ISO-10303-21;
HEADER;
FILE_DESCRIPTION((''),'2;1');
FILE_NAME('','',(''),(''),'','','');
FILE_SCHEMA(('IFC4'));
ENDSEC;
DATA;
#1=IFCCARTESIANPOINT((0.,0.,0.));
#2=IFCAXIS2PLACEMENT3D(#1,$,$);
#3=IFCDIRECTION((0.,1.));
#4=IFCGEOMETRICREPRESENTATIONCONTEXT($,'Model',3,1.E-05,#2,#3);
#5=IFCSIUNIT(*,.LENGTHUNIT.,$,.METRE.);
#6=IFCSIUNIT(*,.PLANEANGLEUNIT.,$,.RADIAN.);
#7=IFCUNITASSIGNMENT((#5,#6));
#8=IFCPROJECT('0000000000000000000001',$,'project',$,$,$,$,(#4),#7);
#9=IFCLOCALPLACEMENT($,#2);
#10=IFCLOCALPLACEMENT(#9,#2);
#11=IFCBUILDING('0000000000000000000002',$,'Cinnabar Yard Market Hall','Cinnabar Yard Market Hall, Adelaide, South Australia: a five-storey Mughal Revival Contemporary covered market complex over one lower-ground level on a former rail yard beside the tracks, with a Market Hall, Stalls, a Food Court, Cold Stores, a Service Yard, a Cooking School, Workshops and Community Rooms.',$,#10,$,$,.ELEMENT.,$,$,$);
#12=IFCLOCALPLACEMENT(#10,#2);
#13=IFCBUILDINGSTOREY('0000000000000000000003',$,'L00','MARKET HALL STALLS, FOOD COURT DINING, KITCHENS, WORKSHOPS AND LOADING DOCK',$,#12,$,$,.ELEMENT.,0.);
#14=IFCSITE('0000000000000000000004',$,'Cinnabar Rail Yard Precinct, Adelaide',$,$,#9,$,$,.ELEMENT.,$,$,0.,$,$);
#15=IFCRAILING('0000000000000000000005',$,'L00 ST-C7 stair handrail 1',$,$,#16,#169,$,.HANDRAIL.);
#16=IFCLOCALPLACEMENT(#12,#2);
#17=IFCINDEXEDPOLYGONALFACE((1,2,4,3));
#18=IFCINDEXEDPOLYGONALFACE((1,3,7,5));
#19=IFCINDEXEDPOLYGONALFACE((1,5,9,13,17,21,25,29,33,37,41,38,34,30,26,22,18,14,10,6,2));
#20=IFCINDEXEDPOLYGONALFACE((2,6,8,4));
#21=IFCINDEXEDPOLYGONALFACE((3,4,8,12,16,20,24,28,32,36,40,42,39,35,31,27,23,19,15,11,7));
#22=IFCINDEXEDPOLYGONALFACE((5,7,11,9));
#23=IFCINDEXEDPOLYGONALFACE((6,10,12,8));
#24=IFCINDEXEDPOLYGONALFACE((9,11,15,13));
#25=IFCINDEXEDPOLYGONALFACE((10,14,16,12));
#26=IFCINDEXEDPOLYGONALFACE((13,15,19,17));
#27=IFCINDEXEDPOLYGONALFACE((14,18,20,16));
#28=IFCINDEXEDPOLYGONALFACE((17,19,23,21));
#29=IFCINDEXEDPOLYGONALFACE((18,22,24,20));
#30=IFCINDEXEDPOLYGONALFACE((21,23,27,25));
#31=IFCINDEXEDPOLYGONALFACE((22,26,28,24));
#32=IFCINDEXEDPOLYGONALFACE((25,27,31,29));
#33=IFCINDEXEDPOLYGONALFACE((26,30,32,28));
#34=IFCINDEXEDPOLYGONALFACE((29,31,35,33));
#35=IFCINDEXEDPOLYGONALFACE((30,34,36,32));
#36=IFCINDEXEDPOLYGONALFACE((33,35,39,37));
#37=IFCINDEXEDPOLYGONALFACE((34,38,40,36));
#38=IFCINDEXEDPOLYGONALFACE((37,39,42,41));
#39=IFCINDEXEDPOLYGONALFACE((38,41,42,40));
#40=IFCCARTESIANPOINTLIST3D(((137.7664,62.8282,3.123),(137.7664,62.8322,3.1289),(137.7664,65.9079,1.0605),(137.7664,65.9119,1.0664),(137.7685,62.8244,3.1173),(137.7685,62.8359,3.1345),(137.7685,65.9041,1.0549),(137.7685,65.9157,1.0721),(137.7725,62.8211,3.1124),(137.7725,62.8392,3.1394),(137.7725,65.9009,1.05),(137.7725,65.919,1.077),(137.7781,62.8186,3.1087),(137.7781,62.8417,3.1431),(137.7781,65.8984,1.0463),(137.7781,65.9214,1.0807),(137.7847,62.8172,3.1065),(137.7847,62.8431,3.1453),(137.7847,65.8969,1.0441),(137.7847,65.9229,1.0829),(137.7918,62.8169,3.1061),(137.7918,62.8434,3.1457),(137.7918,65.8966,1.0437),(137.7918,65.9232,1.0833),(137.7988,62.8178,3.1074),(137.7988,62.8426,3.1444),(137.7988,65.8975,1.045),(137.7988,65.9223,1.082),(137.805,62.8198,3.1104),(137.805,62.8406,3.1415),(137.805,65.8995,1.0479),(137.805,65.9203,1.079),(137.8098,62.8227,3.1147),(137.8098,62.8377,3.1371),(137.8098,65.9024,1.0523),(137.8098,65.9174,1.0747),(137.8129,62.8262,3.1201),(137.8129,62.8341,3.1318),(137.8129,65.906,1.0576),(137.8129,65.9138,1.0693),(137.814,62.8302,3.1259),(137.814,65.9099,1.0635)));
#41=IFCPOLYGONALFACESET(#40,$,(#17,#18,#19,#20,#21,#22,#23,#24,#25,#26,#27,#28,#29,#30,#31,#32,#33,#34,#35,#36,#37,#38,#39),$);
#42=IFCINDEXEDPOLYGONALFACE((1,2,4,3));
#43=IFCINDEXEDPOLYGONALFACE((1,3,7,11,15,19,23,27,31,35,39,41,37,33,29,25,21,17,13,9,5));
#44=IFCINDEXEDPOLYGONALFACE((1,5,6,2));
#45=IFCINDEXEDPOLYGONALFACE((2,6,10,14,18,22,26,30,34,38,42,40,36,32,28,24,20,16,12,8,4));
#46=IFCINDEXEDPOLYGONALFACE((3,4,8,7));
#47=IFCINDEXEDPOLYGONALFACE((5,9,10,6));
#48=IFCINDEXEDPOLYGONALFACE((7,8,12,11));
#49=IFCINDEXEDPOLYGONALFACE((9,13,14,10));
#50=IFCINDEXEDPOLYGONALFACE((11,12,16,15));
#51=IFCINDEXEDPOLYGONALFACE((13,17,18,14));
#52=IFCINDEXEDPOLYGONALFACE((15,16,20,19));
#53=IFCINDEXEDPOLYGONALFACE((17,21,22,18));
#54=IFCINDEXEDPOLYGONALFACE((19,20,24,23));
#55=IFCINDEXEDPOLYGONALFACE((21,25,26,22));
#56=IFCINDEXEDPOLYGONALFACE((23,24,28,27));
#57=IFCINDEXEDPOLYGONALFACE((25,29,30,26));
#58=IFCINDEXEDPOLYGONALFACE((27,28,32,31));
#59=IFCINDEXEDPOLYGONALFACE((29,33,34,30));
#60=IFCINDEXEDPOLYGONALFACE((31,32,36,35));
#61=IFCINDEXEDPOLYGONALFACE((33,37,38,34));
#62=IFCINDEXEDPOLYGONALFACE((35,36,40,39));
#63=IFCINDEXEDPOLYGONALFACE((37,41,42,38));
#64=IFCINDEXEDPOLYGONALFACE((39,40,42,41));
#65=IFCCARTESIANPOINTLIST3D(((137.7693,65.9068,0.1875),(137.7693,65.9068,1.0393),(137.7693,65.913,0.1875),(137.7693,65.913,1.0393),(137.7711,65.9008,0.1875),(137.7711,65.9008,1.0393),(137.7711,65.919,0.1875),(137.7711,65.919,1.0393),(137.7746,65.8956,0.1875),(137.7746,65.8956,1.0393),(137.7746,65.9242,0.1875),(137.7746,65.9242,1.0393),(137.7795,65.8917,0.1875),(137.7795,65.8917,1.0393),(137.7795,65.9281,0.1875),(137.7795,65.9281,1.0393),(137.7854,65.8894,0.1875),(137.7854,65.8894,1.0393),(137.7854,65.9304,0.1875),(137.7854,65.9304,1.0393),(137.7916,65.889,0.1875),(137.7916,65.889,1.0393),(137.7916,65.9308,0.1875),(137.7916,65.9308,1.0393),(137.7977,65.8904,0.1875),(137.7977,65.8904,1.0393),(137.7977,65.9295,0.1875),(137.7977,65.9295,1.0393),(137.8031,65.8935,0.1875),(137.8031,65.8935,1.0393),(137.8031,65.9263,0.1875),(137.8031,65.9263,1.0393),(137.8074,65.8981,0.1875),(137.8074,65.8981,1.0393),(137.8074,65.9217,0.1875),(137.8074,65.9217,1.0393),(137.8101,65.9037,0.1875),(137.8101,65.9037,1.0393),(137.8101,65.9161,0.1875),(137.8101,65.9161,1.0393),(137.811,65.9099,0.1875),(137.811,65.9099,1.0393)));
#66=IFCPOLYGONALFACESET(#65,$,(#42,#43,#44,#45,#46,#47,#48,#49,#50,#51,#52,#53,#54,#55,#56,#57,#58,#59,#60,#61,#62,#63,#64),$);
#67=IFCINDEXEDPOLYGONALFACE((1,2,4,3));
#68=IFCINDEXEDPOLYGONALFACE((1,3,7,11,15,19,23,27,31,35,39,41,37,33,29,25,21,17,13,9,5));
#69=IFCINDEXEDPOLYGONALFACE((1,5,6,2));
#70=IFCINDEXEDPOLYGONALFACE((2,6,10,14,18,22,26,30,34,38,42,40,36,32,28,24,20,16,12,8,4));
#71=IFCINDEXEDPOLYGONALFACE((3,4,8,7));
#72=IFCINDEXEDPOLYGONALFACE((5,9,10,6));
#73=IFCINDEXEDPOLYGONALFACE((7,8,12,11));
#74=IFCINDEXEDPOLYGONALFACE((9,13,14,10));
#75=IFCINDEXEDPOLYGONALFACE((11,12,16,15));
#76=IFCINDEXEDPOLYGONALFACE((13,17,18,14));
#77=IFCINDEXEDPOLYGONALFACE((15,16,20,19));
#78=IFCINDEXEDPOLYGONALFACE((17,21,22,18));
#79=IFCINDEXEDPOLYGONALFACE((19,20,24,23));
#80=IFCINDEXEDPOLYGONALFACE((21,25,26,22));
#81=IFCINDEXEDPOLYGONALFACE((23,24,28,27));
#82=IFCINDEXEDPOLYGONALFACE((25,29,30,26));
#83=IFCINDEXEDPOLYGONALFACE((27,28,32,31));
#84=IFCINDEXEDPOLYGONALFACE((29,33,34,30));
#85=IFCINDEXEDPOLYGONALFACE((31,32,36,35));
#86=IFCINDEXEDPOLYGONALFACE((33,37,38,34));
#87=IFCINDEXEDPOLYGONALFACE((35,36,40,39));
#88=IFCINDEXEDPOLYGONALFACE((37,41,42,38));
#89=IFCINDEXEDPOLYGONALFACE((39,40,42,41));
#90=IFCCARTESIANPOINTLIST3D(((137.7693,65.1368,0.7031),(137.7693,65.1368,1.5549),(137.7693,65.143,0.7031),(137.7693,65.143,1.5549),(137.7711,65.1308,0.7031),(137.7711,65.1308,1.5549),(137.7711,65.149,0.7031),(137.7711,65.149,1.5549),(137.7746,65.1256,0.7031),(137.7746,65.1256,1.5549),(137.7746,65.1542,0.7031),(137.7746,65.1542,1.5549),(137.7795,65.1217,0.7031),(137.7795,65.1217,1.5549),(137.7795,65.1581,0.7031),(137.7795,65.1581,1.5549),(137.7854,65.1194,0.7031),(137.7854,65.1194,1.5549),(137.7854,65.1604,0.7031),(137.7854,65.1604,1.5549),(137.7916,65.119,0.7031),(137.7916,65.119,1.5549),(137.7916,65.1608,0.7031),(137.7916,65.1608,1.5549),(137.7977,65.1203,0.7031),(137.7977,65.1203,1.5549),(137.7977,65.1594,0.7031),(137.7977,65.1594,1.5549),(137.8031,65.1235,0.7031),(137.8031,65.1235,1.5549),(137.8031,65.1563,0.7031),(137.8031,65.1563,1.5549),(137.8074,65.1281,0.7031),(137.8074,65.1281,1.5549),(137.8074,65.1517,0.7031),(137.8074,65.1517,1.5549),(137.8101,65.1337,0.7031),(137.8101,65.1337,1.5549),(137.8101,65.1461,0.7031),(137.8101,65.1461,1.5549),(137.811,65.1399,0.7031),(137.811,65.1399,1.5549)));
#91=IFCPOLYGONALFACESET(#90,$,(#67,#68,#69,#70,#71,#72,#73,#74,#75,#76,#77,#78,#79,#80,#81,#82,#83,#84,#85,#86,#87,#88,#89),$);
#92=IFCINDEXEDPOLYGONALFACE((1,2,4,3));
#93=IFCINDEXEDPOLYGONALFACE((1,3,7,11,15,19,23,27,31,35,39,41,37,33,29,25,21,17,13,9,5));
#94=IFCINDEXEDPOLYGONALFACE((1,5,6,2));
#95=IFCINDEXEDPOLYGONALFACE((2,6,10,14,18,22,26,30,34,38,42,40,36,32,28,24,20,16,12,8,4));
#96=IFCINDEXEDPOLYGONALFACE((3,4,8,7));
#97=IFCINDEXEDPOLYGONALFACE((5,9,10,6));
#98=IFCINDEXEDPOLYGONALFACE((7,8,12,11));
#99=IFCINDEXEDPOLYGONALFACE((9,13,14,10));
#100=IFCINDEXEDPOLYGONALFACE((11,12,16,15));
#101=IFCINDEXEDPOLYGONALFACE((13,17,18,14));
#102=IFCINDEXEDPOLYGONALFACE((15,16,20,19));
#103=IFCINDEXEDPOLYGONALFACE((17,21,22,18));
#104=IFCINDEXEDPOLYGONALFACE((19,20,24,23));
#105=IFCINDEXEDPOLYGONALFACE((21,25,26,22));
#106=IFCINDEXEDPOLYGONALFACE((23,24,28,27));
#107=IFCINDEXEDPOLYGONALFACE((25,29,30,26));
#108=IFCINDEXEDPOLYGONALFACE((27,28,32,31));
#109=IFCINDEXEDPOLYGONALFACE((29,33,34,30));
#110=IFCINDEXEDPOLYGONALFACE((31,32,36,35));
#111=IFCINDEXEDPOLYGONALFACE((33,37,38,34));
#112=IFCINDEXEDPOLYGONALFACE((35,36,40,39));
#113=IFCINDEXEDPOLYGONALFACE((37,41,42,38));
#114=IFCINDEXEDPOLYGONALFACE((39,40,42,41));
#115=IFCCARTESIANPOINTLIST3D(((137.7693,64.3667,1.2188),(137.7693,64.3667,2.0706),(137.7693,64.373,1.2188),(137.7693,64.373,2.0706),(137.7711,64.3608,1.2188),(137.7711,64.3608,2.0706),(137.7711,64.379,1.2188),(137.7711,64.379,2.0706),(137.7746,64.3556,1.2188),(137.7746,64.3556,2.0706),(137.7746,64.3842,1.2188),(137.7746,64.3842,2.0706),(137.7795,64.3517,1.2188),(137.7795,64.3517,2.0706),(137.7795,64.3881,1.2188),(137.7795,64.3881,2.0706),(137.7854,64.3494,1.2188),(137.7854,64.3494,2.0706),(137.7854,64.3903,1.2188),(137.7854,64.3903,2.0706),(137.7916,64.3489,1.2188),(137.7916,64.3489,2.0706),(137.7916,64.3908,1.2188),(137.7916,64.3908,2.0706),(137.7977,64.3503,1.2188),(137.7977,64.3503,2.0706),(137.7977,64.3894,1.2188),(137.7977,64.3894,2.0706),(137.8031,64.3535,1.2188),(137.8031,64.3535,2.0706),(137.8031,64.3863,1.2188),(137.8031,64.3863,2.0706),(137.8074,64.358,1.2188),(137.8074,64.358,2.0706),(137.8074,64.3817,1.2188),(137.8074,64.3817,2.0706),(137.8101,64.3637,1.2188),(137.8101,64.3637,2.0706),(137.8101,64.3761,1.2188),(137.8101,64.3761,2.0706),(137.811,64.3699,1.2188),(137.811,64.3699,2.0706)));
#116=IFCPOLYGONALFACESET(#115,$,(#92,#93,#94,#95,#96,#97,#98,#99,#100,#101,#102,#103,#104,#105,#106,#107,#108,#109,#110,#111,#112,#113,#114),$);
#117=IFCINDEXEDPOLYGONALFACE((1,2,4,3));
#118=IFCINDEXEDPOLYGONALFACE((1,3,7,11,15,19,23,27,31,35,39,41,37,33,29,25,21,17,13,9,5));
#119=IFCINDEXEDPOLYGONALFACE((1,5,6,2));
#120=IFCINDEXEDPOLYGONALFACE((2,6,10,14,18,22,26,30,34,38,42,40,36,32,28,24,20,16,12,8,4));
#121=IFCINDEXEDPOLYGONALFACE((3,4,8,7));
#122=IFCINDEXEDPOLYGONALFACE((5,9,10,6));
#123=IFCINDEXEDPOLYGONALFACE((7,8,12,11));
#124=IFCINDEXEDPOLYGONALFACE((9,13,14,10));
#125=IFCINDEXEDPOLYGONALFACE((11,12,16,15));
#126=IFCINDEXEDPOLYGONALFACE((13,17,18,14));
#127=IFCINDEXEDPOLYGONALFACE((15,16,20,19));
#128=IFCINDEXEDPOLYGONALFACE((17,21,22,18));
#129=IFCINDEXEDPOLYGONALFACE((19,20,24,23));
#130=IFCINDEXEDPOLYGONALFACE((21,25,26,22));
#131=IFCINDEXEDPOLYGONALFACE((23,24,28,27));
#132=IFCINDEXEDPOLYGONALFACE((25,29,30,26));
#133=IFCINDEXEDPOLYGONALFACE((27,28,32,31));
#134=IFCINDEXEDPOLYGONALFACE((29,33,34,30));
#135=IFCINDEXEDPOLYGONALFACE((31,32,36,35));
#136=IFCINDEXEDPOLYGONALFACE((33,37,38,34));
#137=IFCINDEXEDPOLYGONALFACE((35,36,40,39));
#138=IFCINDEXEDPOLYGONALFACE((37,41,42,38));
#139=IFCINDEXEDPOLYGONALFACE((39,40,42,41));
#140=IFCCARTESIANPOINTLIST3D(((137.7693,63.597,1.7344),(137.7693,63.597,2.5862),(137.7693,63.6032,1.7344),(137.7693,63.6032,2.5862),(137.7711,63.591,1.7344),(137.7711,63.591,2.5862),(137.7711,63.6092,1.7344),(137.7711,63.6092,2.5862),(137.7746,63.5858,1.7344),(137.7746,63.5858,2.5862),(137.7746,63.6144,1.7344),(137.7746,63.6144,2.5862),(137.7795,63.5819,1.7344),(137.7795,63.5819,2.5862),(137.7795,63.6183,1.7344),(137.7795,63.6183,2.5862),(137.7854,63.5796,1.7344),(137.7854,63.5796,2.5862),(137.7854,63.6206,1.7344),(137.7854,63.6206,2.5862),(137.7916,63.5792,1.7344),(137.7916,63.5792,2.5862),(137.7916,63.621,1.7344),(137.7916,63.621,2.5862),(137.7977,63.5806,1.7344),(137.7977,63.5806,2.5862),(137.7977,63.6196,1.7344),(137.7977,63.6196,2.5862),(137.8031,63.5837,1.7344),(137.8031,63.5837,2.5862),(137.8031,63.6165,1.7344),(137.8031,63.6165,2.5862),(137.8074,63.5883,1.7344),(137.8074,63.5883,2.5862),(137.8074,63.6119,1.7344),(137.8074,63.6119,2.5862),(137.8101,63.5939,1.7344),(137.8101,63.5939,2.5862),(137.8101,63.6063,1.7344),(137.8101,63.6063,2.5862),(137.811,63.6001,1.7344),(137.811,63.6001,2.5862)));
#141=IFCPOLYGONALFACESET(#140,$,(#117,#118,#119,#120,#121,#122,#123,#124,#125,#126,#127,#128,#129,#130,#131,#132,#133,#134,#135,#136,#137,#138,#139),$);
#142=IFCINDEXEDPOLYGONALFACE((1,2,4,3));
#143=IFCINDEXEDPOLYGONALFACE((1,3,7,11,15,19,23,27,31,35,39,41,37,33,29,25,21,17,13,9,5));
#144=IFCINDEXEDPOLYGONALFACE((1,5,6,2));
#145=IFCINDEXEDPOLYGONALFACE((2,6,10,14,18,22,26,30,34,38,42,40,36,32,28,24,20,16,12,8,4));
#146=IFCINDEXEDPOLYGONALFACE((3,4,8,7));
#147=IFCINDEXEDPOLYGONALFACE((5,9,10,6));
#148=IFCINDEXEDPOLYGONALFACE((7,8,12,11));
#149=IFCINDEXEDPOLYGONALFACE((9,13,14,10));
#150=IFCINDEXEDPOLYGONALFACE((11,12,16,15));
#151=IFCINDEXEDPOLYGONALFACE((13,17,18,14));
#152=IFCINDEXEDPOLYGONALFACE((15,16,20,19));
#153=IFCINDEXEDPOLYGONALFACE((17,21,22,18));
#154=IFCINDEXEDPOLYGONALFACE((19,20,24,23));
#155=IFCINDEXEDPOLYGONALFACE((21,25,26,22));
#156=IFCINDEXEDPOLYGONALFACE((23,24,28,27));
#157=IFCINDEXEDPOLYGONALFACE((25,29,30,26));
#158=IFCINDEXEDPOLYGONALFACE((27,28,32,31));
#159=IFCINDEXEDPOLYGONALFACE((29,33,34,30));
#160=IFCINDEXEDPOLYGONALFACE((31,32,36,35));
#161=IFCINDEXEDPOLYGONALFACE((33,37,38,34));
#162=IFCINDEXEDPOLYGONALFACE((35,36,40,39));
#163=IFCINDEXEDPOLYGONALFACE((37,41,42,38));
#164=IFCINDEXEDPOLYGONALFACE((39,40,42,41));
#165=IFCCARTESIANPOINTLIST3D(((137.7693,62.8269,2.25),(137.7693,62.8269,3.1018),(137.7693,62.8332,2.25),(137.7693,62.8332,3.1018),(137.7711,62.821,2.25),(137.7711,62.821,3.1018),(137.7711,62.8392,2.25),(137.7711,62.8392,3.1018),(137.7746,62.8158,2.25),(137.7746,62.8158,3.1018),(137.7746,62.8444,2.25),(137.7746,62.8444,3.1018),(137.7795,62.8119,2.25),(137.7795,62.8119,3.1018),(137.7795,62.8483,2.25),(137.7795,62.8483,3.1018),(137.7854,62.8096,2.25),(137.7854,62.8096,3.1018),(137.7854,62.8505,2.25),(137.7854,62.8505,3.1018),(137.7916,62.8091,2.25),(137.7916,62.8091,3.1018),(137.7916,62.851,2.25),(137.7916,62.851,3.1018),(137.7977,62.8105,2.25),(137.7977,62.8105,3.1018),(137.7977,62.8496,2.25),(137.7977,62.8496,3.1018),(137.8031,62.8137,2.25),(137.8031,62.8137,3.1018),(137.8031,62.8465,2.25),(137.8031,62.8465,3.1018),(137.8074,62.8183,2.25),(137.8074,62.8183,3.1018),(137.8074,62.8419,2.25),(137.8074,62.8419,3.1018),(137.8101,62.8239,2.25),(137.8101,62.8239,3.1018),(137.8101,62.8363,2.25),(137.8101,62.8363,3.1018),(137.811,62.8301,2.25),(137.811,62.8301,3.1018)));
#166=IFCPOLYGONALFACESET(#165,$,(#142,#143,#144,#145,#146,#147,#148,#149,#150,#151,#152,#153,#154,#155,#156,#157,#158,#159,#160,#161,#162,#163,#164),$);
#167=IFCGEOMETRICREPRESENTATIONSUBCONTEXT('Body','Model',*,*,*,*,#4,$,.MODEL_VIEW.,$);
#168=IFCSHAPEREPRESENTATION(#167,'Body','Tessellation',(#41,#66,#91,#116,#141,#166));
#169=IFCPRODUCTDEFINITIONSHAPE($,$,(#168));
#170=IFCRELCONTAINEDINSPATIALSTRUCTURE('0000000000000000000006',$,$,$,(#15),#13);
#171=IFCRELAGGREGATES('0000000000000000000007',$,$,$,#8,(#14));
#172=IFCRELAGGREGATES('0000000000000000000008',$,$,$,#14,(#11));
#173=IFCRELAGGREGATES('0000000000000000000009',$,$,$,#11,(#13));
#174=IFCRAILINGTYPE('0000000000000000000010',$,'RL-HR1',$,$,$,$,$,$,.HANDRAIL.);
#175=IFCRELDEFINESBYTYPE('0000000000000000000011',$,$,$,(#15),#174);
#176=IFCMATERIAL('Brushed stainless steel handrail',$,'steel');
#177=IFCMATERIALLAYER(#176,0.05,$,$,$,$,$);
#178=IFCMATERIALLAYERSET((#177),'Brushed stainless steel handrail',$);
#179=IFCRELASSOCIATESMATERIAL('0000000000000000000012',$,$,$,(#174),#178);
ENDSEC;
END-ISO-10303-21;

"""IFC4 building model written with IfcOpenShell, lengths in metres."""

from ifc_helpers import new_model, si_unit, direction, frame, origin, origin_2d_with_axis, place, context, subcontext, project, spatial, circle, extrude, material, layer, layer_set, type_object, element, save


model = new_model("IFC4")

# Units and contexts
model_context = context("Model", 3, precision=1e-05, world=origin(), true_north=direction((0.0, 1.0)))
body_context = subcontext(model_context, "Body", "Model", "MODEL_VIEW")
ifc_project = project(units=[si_unit("LENGTHUNIT", "METRE"), si_unit("PLANEANGLEUNIT", "RADIAN")], contexts=[model_context])

# Site, building, storey
site_placement = place(None, origin())
site = spatial("IfcSite", under=ifc_project, at=site_placement, Name="Cinnabar Rail Yard Precinct, Adelaide", CompositionType="ELEMENT", RefElevation=0.0)
building_placement = place(site_placement, origin())
building = spatial("IfcBuilding", under=site, at=building_placement, Name="Cinnabar Yard Market Hall", Description="Cinnabar Yard Market Hall, Adelaide, South Australia: a five-storey Mughal Revival Contemporary covered market complex over one lower-ground level on a former rail yard beside the tracks, with a Market Hall, Stalls, a Food Court, Cold Stores, a Service Yard, a Cooking School, Workshops and Community Rooms.", CompositionType="ELEMENT")
storey_placement = place(building_placement, origin())
storey = spatial("IfcBuildingStorey", under=building, at=storey_placement, Name="L00", Description="MARKET HALL STALLS, FOOD COURT DINING, KITCHENS, WORKSHOPS AND LOADING DOCK", CompositionType="ELEMENT", Elevation=0.0)

# Railing
ifc_material_1 = material(Name="Brushed stainless steel handrail", Category="steel")
ifc_layer_1 = layer(ifc_material_1, 0.05)
ifc_layer_set_1 = layer_set([ifc_layer_1], Name="Brushed stainless steel handrail")
railing_type_1 = type_object("IfcRailingType", Name="RL-HR1", PredefinedType="HANDRAIL", material=ifc_layer_set_1)
railing_1_placement = place(storey_placement, frame((137.79, 65.9099, 0.1875)))
element("IfcRailing", 1, at=railing_1_placement, inside=storey, type_object=railing_type_1, Name="L00 ST-C7 stair handrail 1", PredefinedType="HANDRAIL", context=body_context, shape_type="SweptSolid", body=[
    extrude(circle(Radius=0.0239, at=origin_2d_with_axis()), frame((0.0, 0.0, 0.876), z_axis=(0.0, -0.830893, 0.556432), x_axis=(1.0, 0.0, 0.0)), (0.0, 0.0, 1.0), 3.7065),
    extrude(circle(Radius=0.021, at=origin_2d_with_axis()), origin(), (0.0, 0.0, 1.0), 0.8518),
    extrude(circle(Radius=0.021, at=origin_2d_with_axis()), frame((0.0, -0.77, 0.5156)), (0.0, 0.0, 1.0), 0.8518),
    extrude(circle(Radius=0.021, at=origin_2d_with_axis()), frame((0.0, -1.54, 1.0312)), (0.0, 0.0, 1.0), 0.8518),
    extrude(circle(Radius=0.021, at=origin_2d_with_axis()), frame((0.0, -2.3098, 1.5469)), (0.0, 0.0, 1.0), 0.8518),
    extrude(circle(Radius=0.021, at=origin_2d_with_axis()), frame((0.0, -3.0798, 2.0625)), (0.0, 0.0, 1.0), 0.8518),
])

save(model, "model.ifc")
